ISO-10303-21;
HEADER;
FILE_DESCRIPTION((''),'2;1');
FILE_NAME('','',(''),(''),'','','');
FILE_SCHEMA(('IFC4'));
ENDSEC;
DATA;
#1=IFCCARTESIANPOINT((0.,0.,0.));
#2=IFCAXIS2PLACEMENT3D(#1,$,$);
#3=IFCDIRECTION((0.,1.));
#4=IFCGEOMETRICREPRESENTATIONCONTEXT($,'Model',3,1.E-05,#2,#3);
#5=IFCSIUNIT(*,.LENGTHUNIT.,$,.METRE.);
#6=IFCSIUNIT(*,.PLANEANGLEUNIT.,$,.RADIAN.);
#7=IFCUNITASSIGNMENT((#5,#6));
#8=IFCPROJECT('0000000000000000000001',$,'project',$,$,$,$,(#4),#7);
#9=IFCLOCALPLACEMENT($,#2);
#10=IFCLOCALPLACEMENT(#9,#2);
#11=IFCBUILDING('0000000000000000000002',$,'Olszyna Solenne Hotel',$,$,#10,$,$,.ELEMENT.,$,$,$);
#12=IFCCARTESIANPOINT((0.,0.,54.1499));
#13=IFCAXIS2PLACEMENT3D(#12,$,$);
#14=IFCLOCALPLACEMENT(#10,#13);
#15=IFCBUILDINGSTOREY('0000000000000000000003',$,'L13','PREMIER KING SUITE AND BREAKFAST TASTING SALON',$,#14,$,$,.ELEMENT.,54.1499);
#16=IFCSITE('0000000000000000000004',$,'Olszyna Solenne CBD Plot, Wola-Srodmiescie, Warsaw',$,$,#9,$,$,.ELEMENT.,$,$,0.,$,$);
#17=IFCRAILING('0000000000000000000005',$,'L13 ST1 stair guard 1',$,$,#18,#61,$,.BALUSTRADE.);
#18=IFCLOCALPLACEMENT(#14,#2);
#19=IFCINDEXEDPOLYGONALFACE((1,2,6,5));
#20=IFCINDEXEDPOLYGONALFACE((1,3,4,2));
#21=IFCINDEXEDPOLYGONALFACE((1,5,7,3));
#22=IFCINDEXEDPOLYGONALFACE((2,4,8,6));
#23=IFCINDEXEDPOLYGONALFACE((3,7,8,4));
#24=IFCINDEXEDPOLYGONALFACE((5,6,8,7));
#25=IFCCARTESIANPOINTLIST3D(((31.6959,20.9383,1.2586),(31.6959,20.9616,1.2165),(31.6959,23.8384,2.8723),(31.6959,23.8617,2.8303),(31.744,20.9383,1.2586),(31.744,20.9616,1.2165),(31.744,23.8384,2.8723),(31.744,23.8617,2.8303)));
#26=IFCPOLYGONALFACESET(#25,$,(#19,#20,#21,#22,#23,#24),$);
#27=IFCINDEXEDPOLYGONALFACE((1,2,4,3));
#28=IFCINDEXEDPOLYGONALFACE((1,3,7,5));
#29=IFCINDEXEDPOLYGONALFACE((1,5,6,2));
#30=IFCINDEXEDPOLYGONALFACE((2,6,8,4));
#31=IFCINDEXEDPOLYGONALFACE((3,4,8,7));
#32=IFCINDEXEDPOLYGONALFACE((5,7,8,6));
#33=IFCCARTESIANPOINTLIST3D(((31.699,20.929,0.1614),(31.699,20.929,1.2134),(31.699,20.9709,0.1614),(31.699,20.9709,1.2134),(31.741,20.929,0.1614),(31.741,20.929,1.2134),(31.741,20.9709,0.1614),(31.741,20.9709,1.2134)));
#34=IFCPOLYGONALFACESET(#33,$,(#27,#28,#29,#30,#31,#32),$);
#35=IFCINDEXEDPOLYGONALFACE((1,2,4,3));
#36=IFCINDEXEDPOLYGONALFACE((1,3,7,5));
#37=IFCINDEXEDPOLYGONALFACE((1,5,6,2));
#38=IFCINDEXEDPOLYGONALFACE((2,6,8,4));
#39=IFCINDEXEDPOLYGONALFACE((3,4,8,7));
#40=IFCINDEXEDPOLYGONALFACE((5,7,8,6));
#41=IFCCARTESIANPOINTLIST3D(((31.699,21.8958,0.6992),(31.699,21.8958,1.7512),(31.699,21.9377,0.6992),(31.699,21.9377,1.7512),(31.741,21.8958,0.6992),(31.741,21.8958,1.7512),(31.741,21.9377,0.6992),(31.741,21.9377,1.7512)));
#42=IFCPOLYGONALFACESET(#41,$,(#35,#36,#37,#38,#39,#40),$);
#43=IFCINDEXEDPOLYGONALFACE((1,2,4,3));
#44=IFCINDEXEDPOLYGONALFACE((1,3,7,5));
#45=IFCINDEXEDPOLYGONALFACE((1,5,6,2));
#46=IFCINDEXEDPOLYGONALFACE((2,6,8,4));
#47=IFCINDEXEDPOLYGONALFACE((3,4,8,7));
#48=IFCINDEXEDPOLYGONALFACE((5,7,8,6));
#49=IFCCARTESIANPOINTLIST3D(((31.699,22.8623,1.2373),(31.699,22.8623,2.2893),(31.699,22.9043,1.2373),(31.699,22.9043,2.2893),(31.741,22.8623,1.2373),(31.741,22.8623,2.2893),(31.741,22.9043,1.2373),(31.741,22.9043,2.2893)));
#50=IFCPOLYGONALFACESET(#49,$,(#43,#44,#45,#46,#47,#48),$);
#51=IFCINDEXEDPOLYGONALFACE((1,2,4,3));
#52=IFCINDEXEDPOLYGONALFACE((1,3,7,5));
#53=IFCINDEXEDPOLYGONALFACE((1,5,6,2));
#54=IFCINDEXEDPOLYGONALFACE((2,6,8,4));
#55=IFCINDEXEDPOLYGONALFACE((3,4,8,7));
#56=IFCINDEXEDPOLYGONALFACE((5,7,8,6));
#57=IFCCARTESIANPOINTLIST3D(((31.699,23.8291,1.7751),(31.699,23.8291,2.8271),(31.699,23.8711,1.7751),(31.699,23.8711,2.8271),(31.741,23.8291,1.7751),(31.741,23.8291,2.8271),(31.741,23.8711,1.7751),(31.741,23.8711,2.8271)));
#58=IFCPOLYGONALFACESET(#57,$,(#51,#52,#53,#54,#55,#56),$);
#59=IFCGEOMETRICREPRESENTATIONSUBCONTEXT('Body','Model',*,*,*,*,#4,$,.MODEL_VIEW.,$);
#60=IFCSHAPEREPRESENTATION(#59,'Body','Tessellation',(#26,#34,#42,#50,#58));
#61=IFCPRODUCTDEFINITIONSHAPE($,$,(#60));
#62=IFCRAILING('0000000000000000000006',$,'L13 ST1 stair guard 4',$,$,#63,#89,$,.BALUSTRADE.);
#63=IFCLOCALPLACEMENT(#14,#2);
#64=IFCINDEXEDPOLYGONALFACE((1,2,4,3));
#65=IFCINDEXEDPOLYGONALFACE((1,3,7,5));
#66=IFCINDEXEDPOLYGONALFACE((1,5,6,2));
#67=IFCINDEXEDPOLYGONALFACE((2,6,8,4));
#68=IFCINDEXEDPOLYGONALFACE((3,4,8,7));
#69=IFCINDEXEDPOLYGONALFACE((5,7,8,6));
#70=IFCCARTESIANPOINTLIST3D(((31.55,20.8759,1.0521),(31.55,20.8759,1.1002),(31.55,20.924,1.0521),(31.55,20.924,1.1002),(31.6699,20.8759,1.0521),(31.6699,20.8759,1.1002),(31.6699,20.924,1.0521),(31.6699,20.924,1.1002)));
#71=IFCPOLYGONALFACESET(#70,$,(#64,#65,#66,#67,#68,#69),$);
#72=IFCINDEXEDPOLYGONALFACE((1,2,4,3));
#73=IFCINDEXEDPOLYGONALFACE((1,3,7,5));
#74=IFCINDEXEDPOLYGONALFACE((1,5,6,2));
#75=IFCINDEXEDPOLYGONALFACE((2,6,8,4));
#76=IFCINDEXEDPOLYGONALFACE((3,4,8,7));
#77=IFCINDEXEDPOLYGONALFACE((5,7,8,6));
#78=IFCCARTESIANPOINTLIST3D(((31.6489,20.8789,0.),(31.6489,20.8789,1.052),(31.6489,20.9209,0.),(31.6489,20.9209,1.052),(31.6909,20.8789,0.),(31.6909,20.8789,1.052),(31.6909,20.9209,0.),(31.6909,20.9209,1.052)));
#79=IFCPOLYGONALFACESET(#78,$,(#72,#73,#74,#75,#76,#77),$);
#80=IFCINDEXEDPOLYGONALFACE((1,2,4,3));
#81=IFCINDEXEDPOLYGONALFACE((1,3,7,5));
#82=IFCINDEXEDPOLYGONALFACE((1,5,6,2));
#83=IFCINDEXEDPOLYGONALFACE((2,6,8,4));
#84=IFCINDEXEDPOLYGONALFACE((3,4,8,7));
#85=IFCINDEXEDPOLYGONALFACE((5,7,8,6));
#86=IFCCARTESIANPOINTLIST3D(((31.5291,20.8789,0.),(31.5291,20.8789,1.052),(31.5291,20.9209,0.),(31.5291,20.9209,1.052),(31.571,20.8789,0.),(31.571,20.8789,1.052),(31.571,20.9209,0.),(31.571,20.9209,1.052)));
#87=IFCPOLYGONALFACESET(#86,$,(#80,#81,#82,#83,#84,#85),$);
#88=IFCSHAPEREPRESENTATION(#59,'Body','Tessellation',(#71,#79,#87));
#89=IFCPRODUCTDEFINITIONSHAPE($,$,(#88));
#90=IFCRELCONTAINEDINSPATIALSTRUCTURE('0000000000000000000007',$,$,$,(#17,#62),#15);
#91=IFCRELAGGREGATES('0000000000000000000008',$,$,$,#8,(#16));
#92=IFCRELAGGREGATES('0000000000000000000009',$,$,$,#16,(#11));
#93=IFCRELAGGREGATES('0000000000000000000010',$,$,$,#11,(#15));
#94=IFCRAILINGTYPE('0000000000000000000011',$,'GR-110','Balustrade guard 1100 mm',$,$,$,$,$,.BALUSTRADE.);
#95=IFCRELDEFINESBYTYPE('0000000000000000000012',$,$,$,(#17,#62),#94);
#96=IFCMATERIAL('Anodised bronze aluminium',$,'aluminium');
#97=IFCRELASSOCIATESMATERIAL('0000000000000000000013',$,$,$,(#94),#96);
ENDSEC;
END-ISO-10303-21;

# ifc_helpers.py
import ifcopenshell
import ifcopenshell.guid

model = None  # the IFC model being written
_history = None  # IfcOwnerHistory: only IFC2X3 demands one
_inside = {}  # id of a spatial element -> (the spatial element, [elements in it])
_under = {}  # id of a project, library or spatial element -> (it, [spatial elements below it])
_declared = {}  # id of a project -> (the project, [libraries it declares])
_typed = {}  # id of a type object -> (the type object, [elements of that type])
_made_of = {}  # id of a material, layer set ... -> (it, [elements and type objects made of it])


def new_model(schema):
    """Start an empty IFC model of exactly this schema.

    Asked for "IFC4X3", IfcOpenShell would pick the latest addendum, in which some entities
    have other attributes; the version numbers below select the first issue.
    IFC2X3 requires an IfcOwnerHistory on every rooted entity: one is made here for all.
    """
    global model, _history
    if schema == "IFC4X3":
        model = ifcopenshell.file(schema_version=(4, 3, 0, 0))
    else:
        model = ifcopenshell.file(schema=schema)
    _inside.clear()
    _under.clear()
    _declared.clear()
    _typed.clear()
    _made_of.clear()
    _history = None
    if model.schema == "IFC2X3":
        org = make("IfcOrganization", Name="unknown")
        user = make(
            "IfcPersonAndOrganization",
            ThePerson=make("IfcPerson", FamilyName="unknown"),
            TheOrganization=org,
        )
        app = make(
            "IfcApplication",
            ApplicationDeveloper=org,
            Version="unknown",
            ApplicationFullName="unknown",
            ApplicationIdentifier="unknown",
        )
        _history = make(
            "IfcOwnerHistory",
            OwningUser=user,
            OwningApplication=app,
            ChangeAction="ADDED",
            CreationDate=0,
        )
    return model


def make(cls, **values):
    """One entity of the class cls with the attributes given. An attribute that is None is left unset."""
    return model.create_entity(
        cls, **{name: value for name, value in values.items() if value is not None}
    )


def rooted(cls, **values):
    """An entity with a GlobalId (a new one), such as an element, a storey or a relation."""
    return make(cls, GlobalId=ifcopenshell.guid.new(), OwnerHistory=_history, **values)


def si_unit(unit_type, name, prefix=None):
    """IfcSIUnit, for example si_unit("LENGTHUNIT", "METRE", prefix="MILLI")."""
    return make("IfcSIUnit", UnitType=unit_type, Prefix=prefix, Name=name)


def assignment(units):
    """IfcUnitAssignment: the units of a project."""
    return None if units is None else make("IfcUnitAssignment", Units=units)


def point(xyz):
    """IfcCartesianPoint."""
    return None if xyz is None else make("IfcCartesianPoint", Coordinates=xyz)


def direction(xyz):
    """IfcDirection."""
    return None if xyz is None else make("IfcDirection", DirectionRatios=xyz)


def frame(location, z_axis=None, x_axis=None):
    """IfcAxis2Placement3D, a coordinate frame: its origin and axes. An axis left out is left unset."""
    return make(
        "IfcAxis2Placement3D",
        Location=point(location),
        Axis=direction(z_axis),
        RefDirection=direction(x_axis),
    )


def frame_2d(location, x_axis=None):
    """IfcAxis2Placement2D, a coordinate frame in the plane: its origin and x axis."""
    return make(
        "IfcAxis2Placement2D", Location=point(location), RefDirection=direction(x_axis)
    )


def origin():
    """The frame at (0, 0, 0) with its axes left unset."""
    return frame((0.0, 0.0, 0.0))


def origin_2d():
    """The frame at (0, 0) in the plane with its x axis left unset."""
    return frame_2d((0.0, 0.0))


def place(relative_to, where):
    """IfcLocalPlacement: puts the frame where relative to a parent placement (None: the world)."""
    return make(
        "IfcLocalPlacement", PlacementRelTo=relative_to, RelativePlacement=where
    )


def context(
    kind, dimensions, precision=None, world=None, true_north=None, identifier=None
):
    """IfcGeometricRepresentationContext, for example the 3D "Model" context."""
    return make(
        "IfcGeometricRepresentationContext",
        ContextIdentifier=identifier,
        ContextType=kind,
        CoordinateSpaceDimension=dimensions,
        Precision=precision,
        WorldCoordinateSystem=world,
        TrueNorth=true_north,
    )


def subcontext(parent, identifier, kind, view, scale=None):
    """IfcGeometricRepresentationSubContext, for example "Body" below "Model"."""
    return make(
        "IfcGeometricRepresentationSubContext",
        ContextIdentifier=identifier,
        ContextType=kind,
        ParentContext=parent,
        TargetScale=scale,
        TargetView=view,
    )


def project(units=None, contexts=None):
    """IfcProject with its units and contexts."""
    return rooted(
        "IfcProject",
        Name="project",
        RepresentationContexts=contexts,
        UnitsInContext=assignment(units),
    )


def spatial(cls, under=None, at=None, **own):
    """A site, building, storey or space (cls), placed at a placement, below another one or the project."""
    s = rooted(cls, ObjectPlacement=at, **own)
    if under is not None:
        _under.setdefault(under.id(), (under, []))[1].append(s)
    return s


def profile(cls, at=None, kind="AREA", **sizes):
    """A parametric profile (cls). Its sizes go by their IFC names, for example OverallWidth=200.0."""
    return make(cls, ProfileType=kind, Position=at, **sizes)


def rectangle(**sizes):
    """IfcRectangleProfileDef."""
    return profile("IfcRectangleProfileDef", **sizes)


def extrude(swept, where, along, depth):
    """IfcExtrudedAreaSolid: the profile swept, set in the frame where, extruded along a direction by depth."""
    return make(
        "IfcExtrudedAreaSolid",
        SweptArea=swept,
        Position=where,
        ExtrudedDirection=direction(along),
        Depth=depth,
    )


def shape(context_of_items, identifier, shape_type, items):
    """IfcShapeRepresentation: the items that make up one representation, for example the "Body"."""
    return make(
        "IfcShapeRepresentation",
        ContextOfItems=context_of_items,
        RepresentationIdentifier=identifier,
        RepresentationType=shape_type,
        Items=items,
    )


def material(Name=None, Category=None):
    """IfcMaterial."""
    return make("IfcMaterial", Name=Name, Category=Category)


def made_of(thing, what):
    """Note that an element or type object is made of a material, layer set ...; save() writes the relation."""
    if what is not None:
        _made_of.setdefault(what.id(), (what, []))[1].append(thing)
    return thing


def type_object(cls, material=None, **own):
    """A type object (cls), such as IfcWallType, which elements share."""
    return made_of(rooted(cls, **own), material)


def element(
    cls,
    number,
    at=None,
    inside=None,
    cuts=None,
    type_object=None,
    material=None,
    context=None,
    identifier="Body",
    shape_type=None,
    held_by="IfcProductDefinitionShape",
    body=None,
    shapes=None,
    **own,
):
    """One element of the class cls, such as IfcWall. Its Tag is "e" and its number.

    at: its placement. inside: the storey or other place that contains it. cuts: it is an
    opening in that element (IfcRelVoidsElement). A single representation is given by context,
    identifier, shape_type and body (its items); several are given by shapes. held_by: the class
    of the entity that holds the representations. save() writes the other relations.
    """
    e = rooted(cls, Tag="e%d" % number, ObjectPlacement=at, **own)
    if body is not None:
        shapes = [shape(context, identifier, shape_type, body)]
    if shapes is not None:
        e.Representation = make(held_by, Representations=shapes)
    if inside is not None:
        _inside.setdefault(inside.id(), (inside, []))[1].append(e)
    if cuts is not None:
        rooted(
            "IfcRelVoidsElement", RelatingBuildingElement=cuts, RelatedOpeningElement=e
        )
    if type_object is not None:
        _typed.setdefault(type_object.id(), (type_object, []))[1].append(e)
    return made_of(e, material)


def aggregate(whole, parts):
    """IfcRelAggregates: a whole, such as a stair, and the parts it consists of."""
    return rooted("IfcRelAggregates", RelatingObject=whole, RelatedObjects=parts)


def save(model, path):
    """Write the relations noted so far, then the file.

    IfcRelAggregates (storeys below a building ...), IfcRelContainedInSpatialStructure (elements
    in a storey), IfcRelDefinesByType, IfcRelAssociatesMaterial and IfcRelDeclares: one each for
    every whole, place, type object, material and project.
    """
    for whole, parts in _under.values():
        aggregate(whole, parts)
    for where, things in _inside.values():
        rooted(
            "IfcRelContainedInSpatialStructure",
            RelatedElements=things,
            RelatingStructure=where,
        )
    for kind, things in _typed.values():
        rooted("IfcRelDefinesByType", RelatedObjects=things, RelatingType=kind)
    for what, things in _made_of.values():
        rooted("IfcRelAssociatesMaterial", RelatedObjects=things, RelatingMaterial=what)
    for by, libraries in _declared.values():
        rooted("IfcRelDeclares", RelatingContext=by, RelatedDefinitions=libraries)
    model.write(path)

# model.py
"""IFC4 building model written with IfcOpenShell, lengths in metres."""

from ifc_helpers import new_model, si_unit, direction, frame, origin, origin_2d, place, context, subcontext, project, spatial, rectangle, extrude, material, type_object, element, save


model = new_model("IFC4")

# Units and contexts
model_context = context("Model", 3, precision=1e-05, world=origin(), true_north=direction((0.0, 1.0)))
body_context = subcontext(model_context, "Body", "Model", "MODEL_VIEW")
ifc_project = project(units=[si_unit("LENGTHUNIT", "METRE"), si_unit("PLANEANGLEUNIT", "RADIAN")], contexts=[model_context])

# Site, building, storey
site_placement = place(None, origin())
site = spatial("IfcSite", under=ifc_project, at=site_placement, Name="Olszyna Solenne CBD Plot, Wola-Srodmiescie, Warsaw", CompositionType="ELEMENT", RefElevation=0.0)
building_placement = place(site_placement, origin())
building = spatial("IfcBuilding", under=site, at=building_placement, Name="Olszyna Solenne Hotel", CompositionType="ELEMENT")
storey_placement = place(building_placement, frame((0.0, 0.0, 54.1499)))
storey = spatial("IfcBuildingStorey", under=building, at=storey_placement, Name="L13", Description="PREMIER KING SUITE AND BREAKFAST TASTING SALON", CompositionType="ELEMENT", Elevation=54.1499)

# Railings
ifc_material_1 = material(Name="Anodised bronze aluminium", Category="aluminium")
railing_type = type_object("IfcRailingType", Name="GR-110", Description="Balustrade guard 1100 mm", PredefinedType="BALUSTRADE", material=ifc_material_1)
railing_1_placement = place(storey_placement, frame((31.72, 20.95, 0.1614)))
element("IfcRailing", 1, at=railing_1_placement, inside=storey, type_object=railing_type, Name="L13 ST1 stair guard 1", PredefinedType="BALUSTRADE", context=body_context, shape_type="SweptSolid", body=[
    extrude(rectangle(XDim=0.0481, YDim=0.0481, at=origin_2d()), frame((0.0, 0.0, 1.0762), z_axis=(0.0, 0.873827, 0.486236), x_axis=(-1.0, 0.0, 0.0)), (0.0, 0.0, 1.0), 3.3188),
    extrude(rectangle(XDim=0.042, YDim=0.042, at=origin_2d()), origin(), (0.0, 0.0, 1.0), 1.052),
    extrude(rectangle(XDim=0.042, YDim=0.042, at=origin_2d()), frame((0.0, 0.9668, 0.5378)), (0.0, 0.0, 1.0), 1.052),
    extrude(rectangle(XDim=0.042, YDim=0.042, at=origin_2d()), frame((0.0, 1.9333, 1.0759)), (0.0, 0.0, 1.0), 1.052),
    extrude(rectangle(XDim=0.042, YDim=0.042, at=origin_2d()), frame((0.0, 2.9001, 1.6138)), (0.0, 0.0, 1.0), 1.052),
])
railing_2_placement = place(storey_placement, frame((31.6699, 20.8999, 0.0)))
element("IfcRailing", 2, at=railing_2_placement, inside=storey, type_object=railing_type, Name="L13 ST1 stair guard 4", PredefinedType="BALUSTRADE", context=body_context, shape_type="SweptSolid", body=[
    extrude(rectangle(XDim=0.0481, YDim=0.0481, at=origin_2d()), frame((0.0, 0.0, 1.0762), z_axis=(-1.0, 0.0, 0.0), x_axis=(0.0, -1.0, 0.0)), (0.0, 0.0, 1.0), 0.1199),
    extrude(rectangle(XDim=0.042, YDim=0.042, at=origin_2d()), origin(), (0.0, 0.0, 1.0), 1.052),
    extrude(rectangle(XDim=0.042, YDim=0.042, at=origin_2d()), frame((-0.1199, 0.0, 0.0)), (0.0, 0.0, 1.0), 1.052),
])

save(model, "model.ifc")
